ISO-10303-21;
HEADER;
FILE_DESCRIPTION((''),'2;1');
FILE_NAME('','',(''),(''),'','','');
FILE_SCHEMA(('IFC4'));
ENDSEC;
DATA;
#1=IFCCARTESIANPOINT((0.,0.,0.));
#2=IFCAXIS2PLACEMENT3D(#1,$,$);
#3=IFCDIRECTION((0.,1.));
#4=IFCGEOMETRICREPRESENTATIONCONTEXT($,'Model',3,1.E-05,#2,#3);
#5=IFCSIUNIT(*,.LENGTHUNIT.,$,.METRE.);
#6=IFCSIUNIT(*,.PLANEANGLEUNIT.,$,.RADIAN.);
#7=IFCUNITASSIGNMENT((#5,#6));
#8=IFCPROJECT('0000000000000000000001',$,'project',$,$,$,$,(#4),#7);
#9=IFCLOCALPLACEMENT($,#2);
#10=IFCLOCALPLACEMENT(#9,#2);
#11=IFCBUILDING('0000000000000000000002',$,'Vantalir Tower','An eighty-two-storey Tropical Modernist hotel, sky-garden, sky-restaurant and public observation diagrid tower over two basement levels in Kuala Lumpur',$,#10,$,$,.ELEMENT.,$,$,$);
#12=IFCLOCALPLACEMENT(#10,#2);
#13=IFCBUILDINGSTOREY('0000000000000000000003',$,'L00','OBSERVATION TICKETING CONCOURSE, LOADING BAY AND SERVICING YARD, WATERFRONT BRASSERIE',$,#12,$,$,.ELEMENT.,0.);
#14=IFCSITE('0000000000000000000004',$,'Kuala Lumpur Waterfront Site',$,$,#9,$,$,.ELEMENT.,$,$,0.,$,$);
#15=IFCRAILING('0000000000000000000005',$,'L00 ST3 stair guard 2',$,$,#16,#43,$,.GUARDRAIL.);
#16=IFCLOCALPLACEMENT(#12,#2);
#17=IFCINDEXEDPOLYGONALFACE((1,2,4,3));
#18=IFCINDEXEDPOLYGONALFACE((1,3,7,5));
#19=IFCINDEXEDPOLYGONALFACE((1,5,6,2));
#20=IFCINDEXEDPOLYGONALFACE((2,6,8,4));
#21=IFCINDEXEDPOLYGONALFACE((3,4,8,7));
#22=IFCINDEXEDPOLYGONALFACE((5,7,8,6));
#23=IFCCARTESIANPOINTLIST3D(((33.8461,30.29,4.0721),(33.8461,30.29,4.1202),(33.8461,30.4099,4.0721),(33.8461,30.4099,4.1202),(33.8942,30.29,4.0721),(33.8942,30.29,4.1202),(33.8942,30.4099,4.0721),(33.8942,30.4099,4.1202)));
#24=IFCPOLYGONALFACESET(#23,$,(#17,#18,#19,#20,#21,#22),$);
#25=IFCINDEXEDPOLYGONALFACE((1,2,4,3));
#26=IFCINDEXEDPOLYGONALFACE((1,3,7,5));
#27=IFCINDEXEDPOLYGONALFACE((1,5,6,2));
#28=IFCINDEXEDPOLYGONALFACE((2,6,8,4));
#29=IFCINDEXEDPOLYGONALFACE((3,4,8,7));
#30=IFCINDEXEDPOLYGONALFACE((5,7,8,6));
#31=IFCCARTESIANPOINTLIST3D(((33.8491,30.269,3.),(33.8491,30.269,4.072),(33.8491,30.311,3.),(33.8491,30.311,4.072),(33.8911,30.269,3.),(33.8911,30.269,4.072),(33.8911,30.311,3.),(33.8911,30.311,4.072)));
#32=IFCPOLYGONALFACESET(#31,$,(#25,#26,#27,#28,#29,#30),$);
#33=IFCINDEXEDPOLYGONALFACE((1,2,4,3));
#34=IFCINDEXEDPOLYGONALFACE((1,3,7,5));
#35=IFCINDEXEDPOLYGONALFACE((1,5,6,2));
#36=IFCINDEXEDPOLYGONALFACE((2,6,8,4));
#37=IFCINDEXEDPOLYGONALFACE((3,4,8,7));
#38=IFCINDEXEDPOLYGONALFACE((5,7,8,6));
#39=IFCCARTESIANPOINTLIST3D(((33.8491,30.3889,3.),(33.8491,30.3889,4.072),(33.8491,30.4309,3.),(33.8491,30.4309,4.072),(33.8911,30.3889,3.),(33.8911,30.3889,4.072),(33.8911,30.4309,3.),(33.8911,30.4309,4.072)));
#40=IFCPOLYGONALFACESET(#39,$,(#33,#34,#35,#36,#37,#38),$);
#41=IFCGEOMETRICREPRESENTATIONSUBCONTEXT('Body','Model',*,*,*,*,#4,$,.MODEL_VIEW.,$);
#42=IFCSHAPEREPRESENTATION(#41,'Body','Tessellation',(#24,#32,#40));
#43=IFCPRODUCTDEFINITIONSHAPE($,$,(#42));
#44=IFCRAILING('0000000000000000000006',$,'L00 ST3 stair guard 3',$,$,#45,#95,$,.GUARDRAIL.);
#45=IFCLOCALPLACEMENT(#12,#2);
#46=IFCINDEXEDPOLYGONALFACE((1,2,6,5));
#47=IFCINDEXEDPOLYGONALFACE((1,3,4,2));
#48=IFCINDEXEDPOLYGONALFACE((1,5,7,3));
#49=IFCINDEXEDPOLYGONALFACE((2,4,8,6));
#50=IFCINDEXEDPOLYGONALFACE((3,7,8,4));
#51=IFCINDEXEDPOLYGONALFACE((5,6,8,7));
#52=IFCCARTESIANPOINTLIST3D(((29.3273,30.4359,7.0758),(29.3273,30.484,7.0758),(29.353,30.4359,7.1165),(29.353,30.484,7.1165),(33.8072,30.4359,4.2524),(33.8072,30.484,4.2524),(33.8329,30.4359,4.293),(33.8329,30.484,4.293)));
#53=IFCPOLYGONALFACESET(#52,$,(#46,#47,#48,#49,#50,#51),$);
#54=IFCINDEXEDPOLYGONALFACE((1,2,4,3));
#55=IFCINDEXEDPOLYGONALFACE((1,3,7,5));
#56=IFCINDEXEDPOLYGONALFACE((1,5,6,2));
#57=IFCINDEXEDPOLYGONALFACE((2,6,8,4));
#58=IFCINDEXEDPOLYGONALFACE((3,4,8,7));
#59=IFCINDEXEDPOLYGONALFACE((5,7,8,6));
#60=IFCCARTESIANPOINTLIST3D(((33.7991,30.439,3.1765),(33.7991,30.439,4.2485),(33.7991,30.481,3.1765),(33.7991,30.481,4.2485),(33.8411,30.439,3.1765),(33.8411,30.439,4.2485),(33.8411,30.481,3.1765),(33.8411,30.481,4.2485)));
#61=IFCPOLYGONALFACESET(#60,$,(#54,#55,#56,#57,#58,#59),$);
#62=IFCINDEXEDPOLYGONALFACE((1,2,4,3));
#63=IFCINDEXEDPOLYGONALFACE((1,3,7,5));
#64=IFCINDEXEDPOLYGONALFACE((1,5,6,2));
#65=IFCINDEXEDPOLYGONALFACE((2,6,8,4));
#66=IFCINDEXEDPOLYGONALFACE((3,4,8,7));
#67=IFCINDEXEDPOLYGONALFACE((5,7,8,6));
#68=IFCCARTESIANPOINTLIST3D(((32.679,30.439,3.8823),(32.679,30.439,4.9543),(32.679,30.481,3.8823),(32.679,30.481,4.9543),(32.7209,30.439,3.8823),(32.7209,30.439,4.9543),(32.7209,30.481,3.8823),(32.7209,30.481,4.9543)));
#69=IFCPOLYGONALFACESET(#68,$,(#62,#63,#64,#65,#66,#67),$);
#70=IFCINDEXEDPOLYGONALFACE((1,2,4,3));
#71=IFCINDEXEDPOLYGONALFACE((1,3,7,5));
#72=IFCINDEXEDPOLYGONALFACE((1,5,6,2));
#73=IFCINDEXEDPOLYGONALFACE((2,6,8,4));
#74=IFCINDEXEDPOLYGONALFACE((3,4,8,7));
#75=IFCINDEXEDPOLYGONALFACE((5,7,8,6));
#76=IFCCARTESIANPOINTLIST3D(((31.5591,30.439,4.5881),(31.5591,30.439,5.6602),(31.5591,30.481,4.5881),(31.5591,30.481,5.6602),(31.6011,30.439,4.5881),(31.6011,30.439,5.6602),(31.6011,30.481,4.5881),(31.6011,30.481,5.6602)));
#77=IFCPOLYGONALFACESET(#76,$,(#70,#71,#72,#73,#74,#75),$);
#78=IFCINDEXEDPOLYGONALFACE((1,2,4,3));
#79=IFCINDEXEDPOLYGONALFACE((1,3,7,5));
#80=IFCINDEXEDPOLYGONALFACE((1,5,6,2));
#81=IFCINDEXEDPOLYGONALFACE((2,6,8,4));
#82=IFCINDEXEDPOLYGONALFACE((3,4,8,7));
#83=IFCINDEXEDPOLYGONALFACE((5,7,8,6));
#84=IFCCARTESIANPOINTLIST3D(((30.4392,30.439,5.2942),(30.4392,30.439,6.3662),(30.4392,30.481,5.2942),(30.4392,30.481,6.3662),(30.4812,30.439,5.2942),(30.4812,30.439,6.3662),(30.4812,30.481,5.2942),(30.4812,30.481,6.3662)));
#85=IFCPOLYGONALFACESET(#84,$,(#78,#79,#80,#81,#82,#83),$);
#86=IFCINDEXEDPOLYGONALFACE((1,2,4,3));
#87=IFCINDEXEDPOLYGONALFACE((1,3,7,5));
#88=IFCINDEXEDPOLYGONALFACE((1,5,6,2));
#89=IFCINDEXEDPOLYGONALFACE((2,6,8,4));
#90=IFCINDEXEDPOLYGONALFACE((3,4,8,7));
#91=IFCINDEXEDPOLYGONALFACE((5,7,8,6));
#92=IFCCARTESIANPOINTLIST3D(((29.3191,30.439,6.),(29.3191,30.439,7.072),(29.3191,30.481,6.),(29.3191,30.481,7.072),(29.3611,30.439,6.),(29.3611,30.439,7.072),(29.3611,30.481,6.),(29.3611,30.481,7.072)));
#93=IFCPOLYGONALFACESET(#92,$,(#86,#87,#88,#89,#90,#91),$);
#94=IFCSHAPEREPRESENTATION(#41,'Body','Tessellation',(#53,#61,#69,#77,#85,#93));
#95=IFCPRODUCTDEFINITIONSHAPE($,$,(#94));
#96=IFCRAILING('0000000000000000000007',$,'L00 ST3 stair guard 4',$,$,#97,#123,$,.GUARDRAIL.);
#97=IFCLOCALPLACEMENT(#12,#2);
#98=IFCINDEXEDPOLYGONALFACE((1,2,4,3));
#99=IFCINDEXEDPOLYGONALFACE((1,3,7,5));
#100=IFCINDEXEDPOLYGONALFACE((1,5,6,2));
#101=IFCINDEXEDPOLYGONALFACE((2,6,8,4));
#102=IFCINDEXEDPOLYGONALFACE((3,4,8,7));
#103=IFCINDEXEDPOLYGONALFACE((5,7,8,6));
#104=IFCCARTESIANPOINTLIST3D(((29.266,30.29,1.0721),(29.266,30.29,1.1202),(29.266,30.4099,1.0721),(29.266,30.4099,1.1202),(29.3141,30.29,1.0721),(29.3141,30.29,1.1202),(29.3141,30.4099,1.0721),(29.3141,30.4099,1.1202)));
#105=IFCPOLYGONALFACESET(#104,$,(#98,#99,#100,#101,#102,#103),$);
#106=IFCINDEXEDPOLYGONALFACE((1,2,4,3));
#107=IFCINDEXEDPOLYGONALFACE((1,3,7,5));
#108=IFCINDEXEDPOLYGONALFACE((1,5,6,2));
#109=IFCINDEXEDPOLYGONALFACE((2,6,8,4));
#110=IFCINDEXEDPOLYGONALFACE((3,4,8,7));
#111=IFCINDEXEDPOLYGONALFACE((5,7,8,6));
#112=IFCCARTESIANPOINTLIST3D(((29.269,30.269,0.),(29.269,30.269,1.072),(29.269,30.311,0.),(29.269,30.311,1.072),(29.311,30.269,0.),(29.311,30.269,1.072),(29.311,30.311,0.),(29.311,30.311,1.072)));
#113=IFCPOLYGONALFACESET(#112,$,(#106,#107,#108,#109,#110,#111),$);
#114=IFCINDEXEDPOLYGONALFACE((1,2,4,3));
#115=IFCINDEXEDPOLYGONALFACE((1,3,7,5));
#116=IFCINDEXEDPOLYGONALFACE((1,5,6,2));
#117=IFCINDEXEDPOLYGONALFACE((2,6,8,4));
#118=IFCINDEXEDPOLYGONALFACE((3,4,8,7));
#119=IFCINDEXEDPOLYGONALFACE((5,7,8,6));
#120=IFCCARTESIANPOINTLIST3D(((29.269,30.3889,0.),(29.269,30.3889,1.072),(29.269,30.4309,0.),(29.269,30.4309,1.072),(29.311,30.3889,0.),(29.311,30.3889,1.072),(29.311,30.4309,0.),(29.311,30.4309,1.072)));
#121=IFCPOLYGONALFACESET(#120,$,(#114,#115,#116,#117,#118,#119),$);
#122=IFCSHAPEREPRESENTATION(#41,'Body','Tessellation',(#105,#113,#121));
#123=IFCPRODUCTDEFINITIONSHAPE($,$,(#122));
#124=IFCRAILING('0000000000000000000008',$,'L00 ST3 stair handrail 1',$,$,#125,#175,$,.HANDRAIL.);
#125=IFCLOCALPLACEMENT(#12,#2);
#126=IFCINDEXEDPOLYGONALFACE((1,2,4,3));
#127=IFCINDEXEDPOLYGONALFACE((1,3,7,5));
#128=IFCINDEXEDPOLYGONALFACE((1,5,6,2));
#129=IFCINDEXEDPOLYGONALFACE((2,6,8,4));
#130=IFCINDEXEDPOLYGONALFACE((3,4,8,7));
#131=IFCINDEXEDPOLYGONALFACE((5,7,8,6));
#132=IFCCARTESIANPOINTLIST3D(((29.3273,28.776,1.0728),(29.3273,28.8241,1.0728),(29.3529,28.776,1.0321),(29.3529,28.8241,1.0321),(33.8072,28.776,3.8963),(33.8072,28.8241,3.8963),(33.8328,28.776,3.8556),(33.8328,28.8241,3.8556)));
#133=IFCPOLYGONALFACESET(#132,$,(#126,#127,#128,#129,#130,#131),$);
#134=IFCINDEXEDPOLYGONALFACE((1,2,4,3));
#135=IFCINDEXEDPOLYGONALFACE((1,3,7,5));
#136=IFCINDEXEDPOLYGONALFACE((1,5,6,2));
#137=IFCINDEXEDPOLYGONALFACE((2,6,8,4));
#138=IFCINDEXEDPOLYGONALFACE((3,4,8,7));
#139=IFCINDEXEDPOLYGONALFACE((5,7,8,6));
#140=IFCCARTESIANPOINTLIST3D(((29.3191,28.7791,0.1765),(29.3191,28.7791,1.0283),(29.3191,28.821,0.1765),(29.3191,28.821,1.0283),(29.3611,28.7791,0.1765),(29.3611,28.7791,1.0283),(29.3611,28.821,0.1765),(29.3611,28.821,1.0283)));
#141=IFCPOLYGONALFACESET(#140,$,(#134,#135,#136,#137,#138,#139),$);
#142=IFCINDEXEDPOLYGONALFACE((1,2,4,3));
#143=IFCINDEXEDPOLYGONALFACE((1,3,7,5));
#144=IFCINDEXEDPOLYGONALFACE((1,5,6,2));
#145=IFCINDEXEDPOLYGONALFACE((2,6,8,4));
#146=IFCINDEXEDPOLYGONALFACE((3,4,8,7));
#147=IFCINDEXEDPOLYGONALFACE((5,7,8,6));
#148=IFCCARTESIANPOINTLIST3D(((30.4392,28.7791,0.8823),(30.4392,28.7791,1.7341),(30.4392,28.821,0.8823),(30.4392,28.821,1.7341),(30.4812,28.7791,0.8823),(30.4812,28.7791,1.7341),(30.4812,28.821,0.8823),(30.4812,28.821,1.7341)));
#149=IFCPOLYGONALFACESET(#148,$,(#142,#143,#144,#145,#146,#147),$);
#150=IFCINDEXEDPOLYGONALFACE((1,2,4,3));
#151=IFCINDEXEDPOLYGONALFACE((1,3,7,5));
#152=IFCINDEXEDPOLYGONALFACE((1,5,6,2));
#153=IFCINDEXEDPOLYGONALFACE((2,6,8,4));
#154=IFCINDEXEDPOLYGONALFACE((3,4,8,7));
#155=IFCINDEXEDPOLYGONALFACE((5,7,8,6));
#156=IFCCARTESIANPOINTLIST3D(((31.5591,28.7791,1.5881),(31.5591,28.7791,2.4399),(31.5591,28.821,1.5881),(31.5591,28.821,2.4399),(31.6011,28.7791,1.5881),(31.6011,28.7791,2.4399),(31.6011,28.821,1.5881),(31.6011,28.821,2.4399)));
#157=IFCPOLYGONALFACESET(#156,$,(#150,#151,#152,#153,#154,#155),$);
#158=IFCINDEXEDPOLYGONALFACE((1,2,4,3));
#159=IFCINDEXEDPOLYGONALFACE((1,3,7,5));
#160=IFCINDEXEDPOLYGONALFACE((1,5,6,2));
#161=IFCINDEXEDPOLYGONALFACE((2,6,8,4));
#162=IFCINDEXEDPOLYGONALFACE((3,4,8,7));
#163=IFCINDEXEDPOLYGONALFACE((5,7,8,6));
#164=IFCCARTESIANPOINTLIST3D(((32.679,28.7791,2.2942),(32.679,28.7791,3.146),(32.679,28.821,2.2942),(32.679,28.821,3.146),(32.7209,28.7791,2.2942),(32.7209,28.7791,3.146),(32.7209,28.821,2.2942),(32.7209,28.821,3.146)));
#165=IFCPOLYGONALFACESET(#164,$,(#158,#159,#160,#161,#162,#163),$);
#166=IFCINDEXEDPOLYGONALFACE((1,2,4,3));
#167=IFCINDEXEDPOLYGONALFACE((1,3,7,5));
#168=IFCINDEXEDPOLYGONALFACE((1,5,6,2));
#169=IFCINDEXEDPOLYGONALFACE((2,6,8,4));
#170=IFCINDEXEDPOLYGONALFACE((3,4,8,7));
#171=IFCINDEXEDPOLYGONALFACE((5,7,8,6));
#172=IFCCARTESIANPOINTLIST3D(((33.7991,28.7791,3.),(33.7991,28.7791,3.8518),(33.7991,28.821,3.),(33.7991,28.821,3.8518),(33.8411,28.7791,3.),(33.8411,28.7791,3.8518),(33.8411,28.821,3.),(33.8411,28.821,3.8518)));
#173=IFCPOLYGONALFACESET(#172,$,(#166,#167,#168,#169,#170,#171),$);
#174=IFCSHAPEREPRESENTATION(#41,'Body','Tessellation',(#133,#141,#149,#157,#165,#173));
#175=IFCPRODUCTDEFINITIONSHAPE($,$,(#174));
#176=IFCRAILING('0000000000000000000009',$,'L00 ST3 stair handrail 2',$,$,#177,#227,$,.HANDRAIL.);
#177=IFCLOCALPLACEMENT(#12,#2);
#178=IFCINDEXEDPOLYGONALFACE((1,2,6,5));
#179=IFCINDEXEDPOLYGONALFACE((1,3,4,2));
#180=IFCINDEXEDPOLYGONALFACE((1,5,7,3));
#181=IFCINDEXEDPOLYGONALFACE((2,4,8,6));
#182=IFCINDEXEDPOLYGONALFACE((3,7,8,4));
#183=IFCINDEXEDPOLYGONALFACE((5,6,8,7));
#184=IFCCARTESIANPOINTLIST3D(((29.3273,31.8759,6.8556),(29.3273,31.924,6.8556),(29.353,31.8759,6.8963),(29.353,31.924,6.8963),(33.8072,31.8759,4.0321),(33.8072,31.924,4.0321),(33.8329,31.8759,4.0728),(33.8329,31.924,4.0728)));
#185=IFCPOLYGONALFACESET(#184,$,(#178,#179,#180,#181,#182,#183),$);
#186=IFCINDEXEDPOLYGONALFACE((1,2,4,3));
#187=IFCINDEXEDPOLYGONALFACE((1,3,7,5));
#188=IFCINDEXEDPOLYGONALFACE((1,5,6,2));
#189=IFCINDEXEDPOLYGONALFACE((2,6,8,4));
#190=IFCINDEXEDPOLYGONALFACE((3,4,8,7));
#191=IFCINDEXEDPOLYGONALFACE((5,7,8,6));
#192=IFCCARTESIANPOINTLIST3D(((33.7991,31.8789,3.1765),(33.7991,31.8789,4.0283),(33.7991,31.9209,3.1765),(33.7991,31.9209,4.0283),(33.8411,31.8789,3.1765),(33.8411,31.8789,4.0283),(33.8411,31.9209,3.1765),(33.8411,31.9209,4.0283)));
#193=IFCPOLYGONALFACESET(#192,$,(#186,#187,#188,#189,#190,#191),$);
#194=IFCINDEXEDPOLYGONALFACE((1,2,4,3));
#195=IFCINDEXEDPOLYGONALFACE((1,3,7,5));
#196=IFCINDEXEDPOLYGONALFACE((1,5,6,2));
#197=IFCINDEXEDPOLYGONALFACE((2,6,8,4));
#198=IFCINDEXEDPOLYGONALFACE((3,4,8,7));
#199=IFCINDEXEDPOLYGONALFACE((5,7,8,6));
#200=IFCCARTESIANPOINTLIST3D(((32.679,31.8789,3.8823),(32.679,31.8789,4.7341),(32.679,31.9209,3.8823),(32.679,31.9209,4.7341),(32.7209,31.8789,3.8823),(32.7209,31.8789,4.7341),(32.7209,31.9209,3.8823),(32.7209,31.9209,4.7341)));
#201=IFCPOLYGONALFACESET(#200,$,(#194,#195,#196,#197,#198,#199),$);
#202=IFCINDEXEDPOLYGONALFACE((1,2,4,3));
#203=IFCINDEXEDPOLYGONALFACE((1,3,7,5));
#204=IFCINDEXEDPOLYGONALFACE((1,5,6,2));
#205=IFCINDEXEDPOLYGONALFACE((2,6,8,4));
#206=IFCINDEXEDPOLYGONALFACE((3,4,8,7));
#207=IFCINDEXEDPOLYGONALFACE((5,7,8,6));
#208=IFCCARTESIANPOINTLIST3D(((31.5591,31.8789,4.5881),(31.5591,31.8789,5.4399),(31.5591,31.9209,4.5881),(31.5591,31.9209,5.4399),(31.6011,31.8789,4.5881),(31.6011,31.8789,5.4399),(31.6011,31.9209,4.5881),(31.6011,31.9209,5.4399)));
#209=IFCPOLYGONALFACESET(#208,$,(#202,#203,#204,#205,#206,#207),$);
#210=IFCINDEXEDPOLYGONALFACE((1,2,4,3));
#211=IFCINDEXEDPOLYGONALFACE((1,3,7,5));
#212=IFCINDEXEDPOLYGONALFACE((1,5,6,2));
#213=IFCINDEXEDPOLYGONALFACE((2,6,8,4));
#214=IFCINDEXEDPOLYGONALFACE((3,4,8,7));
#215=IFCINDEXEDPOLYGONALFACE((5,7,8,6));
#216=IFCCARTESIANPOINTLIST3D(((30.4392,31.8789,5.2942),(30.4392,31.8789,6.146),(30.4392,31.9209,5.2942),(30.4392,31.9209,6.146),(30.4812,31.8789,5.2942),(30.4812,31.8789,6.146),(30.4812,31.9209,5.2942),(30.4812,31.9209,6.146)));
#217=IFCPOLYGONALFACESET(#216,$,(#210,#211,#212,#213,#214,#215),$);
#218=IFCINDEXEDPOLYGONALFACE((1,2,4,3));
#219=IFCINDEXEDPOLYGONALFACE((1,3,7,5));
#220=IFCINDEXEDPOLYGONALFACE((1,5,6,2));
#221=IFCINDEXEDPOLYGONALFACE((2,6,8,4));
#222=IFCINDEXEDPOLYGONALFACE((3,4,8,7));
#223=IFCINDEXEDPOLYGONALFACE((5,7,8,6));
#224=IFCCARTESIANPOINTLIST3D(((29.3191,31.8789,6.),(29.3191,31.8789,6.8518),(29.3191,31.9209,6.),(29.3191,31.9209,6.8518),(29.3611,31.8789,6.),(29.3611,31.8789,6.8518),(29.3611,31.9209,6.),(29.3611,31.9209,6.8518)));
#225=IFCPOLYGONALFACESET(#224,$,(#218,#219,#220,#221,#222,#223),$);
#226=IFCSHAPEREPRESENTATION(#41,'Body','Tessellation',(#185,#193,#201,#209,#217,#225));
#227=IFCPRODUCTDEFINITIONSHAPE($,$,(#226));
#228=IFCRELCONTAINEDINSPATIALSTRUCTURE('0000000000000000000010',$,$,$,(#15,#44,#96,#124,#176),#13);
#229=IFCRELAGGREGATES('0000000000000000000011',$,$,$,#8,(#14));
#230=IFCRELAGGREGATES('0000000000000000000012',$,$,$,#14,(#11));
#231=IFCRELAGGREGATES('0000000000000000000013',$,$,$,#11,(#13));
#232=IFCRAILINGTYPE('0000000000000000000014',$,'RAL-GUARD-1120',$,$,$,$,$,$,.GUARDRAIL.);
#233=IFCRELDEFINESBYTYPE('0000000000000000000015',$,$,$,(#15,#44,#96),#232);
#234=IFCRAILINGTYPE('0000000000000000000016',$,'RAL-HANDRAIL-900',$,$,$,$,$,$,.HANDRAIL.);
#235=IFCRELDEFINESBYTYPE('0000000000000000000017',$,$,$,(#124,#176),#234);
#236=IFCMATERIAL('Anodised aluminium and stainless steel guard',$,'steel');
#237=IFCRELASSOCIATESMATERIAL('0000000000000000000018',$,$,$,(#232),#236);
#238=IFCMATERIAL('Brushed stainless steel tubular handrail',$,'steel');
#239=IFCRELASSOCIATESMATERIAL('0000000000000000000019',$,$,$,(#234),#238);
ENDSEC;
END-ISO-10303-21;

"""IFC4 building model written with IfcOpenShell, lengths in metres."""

from ifc_helpers import new_model, si_unit, direction, frame, origin, origin_2d, place, context, subcontext, project, spatial, rectangle, extrude, material, type_object, element, save


model = new_model("IFC4")

# Units and contexts
model_context = context("Model", 3, precision=1e-05, world=origin(), true_north=direction((0.0, 1.0)))
body_context = subcontext(model_context, "Body", "Model", "MODEL_VIEW")
ifc_project = project(units=[si_unit("LENGTHUNIT", "METRE"), si_unit("PLANEANGLEUNIT", "RADIAN")], contexts=[model_context])

# Site, building, storey
site_placement = place(None, origin())
site = spatial("IfcSite", under=ifc_project, at=site_placement, Name="Kuala Lumpur Waterfront Site", CompositionType="ELEMENT", RefElevation=0.0)
building_placement = place(site_placement, origin())
building = spatial("IfcBuilding", under=site, at=building_placement, Name="Vantalir Tower", Description="An eighty-two-storey Tropical Modernist hotel, sky-garden, sky-restaurant and public observation diagrid tower over two basement levels in Kuala Lumpur", CompositionType="ELEMENT")
storey_placement = place(building_placement, origin())
storey = spatial("IfcBuildingStorey", under=building, at=storey_placement, Name="L00", Description="OBSERVATION TICKETING CONCOURSE, LOADING BAY AND SERVICING YARD, WATERFRONT BRASSERIE", CompositionType="ELEMENT", Elevation=0.0)

# Railings
ifc_material_1 = material(Name="Anodised aluminium and stainless steel guard", Category="steel")
railing_type_1 = type_object("IfcRailingType", Name="RAL-GUARD-1120", PredefinedType="GUARDRAIL", material=ifc_material_1)
railing_1_placement = place(storey_placement, frame((33.8701, 30.29, 3.0)))
element("IfcRailing", 1, at=railing_1_placement, inside=storey, type_object=railing_type_1, Name="L00 ST3 stair guard 2", PredefinedType="GUARDRAIL", context=body_context, shape_type="SweptSolid", body=[
    extrude(rectangle(XDim=0.0481, YDim=0.0481, at=origin_2d()), frame((0.0, 0.0, 1.0962), z_axis=(0.0, 1.0, 0.0), x_axis=(-1.0, 0.0, 0.0)), (0.0, 0.0, 1.0), 0.1199),
    extrude(rectangle(XDim=0.042, YDim=0.042, at=origin_2d()), origin(), (0.0, 0.0, 1.0), 1.072),
    extrude(rectangle(XDim=0.042, YDim=0.042, at=origin_2d()), frame((0.0, 0.1199, 0.0)), (0.0, 0.0, 1.0), 1.072),
])
railing_2_placement = place(storey_placement, frame((33.8201, 30.46, 3.1765)))
element("IfcRailing", 2, at=railing_2_placement, inside=storey, type_object=railing_type_1, Name="L00 ST3 stair guard 3", PredefinedType="GUARDRAIL", context=body_context, shape_type="SweptSolid", body=[
    extrude(rectangle(XDim=0.0481, YDim=0.0481, at=origin_2d()), frame((0.0, 0.0, 1.0962), z_axis=(-0.845998, 0.0, 0.533186), x_axis=(0.0, -1.0, 0.0)), (0.0, 0.0, 1.0), 5.2954),
    extrude(rectangle(XDim=0.042, YDim=0.042, at=origin_2d()), origin(), (0.0, 0.0, 1.0), 1.072),
    extrude(rectangle(XDim=0.042, YDim=0.042, at=origin_2d()), frame((-1.1201, 0.0, 0.7058)), (0.0, 0.0, 1.0), 1.072),
    extrude(rectangle(XDim=0.042, YDim=0.042, at=origin_2d()), frame((-2.24, 0.0, 1.4116)), (0.0, 0.0, 1.0), 1.072),
    extrude(rectangle(XDim=0.042, YDim=0.042, at=origin_2d()), frame((-3.3599, 0.0, 2.1177)), (0.0, 0.0, 1.0), 1.072),
    extrude(rectangle(XDim=0.042, YDim=0.042, at=origin_2d()), frame((-4.48, 0.0, 2.8235)), (0.0, 0.0, 1.0), 1.072),
])
railing_3_placement = place(storey_placement, frame((29.29, 30.29, 0.0)))
element("IfcRailing", 3, at=railing_3_placement, inside=storey, type_object=railing_type_1, Name="L00 ST3 stair guard 4", PredefinedType="GUARDRAIL", context=body_context, shape_type="SweptSolid", body=[
    extrude(rectangle(XDim=0.0481, YDim=0.0481, at=origin_2d()), frame((0.0, 0.0, 1.0962), z_axis=(0.0, 1.0, 0.0), x_axis=(-1.0, 0.0, 0.0)), (0.0, 0.0, 1.0), 0.1199),
    extrude(rectangle(XDim=0.042, YDim=0.042, at=origin_2d()), origin(), (0.0, 0.0, 1.0), 1.072),
    extrude(rectangle(XDim=0.042, YDim=0.042, at=origin_2d()), frame((0.0, 0.1199, 0.0)), (0.0, 0.0, 1.0), 1.072),
])
ifc_material_2 = material(Name="Brushed stainless steel tubular handrail", Category="steel")
railing_type_2 = type_object("IfcRailingType", Name="RAL-HANDRAIL-900", PredefinedType="HANDRAIL", material=ifc_material_2)
railing_4_placement = place(storey_placement, frame((29.3401, 28.8, 0.1765)))
element("IfcRailing", 4, at=railing_4_placement, inside=storey, type_object=railing_type_2, Name="L00 ST3 stair handrail 1", PredefinedType="HANDRAIL", context=body_context, shape_type="SweptSolid", body=[
    extrude(rectangle(XDim=0.0481, YDim=0.0481, at=origin_2d()), frame((0.0, 0.0, 0.876), z_axis=(0.845998, 0.0, 0.533186), x_axis=(0.0, 1.0, 0.0)), (0.0, 0.0, 1.0), 5.2954),
    extrude(rectangle(XDim=0.042, YDim=0.042, at=origin_2d()), origin(), (0.0, 0.0, 1.0), 0.8518),
    extrude(rectangle(XDim=0.042, YDim=0.042, at=origin_2d()), frame((1.1201, 0.0, 0.7058)), (0.0, 0.0, 1.0), 0.8518),
    extrude(rectangle(XDim=0.042, YDim=0.042, at=origin_2d()), frame((2.24, 0.0, 1.4116)), (0.0, 0.0, 1.0), 0.8518),
    extrude(rectangle(XDim=0.042, YDim=0.042, at=origin_2d()), frame((3.3599, 0.0, 2.1177)), (0.0, 0.0, 1.0), 0.8518),
    extrude(rectangle(XDim=0.042, YDim=0.042, at=origin_2d()), frame((4.48, 0.0, 2.8235)), (0.0, 0.0, 1.0), 0.8518),
])
railing_5_placement = place(storey_placement, frame((33.8201, 31.8999, 3.1765)))
element("IfcRailing", 5, at=railing_5_placement, inside=storey, type_object=railing_type_2, Name="L00 ST3 stair handrail 2", PredefinedType="HANDRAIL", context=body_context, shape_type="SweptSolid", body=[
    extrude(rectangle(XDim=0.0481, YDim=0.0481, at=origin_2d()), frame((0.0, 0.0, 0.876), z_axis=(-0.845998, 0.0, 0.533186), x_axis=(0.0, -1.0, 0.0)), (0.0, 0.0, 1.0), 5.2954),
    extrude(rectangle(XDim=0.042, YDim=0.042, at=origin_2d()), origin(), (0.0, 0.0, 1.0), 0.8518),
    extrude(rectangle(XDim=0.042, YDim=0.042, at=origin_2d()), frame((-1.1201, 0.0, 0.7058)), (0.0, 0.0, 1.0), 0.8518),
    extrude(rectangle(XDim=0.042, YDim=0.042, at=origin_2d()), frame((-2.24, 0.0, 1.4116)), (0.0, 0.0, 1.0), 0.8518),
    extrude(rectangle(XDim=0.042, YDim=0.042, at=origin_2d()), frame((-3.3599, 0.0, 2.1177)), (0.0, 0.0, 1.0), 0.8518),
    extrude(rectangle(XDim=0.042, YDim=0.042, at=origin_2d()), frame((-4.48, 0.0, 2.8235)), (0.0, 0.0, 1.0), 0.8518),
])

save(model, "model.ifc")
